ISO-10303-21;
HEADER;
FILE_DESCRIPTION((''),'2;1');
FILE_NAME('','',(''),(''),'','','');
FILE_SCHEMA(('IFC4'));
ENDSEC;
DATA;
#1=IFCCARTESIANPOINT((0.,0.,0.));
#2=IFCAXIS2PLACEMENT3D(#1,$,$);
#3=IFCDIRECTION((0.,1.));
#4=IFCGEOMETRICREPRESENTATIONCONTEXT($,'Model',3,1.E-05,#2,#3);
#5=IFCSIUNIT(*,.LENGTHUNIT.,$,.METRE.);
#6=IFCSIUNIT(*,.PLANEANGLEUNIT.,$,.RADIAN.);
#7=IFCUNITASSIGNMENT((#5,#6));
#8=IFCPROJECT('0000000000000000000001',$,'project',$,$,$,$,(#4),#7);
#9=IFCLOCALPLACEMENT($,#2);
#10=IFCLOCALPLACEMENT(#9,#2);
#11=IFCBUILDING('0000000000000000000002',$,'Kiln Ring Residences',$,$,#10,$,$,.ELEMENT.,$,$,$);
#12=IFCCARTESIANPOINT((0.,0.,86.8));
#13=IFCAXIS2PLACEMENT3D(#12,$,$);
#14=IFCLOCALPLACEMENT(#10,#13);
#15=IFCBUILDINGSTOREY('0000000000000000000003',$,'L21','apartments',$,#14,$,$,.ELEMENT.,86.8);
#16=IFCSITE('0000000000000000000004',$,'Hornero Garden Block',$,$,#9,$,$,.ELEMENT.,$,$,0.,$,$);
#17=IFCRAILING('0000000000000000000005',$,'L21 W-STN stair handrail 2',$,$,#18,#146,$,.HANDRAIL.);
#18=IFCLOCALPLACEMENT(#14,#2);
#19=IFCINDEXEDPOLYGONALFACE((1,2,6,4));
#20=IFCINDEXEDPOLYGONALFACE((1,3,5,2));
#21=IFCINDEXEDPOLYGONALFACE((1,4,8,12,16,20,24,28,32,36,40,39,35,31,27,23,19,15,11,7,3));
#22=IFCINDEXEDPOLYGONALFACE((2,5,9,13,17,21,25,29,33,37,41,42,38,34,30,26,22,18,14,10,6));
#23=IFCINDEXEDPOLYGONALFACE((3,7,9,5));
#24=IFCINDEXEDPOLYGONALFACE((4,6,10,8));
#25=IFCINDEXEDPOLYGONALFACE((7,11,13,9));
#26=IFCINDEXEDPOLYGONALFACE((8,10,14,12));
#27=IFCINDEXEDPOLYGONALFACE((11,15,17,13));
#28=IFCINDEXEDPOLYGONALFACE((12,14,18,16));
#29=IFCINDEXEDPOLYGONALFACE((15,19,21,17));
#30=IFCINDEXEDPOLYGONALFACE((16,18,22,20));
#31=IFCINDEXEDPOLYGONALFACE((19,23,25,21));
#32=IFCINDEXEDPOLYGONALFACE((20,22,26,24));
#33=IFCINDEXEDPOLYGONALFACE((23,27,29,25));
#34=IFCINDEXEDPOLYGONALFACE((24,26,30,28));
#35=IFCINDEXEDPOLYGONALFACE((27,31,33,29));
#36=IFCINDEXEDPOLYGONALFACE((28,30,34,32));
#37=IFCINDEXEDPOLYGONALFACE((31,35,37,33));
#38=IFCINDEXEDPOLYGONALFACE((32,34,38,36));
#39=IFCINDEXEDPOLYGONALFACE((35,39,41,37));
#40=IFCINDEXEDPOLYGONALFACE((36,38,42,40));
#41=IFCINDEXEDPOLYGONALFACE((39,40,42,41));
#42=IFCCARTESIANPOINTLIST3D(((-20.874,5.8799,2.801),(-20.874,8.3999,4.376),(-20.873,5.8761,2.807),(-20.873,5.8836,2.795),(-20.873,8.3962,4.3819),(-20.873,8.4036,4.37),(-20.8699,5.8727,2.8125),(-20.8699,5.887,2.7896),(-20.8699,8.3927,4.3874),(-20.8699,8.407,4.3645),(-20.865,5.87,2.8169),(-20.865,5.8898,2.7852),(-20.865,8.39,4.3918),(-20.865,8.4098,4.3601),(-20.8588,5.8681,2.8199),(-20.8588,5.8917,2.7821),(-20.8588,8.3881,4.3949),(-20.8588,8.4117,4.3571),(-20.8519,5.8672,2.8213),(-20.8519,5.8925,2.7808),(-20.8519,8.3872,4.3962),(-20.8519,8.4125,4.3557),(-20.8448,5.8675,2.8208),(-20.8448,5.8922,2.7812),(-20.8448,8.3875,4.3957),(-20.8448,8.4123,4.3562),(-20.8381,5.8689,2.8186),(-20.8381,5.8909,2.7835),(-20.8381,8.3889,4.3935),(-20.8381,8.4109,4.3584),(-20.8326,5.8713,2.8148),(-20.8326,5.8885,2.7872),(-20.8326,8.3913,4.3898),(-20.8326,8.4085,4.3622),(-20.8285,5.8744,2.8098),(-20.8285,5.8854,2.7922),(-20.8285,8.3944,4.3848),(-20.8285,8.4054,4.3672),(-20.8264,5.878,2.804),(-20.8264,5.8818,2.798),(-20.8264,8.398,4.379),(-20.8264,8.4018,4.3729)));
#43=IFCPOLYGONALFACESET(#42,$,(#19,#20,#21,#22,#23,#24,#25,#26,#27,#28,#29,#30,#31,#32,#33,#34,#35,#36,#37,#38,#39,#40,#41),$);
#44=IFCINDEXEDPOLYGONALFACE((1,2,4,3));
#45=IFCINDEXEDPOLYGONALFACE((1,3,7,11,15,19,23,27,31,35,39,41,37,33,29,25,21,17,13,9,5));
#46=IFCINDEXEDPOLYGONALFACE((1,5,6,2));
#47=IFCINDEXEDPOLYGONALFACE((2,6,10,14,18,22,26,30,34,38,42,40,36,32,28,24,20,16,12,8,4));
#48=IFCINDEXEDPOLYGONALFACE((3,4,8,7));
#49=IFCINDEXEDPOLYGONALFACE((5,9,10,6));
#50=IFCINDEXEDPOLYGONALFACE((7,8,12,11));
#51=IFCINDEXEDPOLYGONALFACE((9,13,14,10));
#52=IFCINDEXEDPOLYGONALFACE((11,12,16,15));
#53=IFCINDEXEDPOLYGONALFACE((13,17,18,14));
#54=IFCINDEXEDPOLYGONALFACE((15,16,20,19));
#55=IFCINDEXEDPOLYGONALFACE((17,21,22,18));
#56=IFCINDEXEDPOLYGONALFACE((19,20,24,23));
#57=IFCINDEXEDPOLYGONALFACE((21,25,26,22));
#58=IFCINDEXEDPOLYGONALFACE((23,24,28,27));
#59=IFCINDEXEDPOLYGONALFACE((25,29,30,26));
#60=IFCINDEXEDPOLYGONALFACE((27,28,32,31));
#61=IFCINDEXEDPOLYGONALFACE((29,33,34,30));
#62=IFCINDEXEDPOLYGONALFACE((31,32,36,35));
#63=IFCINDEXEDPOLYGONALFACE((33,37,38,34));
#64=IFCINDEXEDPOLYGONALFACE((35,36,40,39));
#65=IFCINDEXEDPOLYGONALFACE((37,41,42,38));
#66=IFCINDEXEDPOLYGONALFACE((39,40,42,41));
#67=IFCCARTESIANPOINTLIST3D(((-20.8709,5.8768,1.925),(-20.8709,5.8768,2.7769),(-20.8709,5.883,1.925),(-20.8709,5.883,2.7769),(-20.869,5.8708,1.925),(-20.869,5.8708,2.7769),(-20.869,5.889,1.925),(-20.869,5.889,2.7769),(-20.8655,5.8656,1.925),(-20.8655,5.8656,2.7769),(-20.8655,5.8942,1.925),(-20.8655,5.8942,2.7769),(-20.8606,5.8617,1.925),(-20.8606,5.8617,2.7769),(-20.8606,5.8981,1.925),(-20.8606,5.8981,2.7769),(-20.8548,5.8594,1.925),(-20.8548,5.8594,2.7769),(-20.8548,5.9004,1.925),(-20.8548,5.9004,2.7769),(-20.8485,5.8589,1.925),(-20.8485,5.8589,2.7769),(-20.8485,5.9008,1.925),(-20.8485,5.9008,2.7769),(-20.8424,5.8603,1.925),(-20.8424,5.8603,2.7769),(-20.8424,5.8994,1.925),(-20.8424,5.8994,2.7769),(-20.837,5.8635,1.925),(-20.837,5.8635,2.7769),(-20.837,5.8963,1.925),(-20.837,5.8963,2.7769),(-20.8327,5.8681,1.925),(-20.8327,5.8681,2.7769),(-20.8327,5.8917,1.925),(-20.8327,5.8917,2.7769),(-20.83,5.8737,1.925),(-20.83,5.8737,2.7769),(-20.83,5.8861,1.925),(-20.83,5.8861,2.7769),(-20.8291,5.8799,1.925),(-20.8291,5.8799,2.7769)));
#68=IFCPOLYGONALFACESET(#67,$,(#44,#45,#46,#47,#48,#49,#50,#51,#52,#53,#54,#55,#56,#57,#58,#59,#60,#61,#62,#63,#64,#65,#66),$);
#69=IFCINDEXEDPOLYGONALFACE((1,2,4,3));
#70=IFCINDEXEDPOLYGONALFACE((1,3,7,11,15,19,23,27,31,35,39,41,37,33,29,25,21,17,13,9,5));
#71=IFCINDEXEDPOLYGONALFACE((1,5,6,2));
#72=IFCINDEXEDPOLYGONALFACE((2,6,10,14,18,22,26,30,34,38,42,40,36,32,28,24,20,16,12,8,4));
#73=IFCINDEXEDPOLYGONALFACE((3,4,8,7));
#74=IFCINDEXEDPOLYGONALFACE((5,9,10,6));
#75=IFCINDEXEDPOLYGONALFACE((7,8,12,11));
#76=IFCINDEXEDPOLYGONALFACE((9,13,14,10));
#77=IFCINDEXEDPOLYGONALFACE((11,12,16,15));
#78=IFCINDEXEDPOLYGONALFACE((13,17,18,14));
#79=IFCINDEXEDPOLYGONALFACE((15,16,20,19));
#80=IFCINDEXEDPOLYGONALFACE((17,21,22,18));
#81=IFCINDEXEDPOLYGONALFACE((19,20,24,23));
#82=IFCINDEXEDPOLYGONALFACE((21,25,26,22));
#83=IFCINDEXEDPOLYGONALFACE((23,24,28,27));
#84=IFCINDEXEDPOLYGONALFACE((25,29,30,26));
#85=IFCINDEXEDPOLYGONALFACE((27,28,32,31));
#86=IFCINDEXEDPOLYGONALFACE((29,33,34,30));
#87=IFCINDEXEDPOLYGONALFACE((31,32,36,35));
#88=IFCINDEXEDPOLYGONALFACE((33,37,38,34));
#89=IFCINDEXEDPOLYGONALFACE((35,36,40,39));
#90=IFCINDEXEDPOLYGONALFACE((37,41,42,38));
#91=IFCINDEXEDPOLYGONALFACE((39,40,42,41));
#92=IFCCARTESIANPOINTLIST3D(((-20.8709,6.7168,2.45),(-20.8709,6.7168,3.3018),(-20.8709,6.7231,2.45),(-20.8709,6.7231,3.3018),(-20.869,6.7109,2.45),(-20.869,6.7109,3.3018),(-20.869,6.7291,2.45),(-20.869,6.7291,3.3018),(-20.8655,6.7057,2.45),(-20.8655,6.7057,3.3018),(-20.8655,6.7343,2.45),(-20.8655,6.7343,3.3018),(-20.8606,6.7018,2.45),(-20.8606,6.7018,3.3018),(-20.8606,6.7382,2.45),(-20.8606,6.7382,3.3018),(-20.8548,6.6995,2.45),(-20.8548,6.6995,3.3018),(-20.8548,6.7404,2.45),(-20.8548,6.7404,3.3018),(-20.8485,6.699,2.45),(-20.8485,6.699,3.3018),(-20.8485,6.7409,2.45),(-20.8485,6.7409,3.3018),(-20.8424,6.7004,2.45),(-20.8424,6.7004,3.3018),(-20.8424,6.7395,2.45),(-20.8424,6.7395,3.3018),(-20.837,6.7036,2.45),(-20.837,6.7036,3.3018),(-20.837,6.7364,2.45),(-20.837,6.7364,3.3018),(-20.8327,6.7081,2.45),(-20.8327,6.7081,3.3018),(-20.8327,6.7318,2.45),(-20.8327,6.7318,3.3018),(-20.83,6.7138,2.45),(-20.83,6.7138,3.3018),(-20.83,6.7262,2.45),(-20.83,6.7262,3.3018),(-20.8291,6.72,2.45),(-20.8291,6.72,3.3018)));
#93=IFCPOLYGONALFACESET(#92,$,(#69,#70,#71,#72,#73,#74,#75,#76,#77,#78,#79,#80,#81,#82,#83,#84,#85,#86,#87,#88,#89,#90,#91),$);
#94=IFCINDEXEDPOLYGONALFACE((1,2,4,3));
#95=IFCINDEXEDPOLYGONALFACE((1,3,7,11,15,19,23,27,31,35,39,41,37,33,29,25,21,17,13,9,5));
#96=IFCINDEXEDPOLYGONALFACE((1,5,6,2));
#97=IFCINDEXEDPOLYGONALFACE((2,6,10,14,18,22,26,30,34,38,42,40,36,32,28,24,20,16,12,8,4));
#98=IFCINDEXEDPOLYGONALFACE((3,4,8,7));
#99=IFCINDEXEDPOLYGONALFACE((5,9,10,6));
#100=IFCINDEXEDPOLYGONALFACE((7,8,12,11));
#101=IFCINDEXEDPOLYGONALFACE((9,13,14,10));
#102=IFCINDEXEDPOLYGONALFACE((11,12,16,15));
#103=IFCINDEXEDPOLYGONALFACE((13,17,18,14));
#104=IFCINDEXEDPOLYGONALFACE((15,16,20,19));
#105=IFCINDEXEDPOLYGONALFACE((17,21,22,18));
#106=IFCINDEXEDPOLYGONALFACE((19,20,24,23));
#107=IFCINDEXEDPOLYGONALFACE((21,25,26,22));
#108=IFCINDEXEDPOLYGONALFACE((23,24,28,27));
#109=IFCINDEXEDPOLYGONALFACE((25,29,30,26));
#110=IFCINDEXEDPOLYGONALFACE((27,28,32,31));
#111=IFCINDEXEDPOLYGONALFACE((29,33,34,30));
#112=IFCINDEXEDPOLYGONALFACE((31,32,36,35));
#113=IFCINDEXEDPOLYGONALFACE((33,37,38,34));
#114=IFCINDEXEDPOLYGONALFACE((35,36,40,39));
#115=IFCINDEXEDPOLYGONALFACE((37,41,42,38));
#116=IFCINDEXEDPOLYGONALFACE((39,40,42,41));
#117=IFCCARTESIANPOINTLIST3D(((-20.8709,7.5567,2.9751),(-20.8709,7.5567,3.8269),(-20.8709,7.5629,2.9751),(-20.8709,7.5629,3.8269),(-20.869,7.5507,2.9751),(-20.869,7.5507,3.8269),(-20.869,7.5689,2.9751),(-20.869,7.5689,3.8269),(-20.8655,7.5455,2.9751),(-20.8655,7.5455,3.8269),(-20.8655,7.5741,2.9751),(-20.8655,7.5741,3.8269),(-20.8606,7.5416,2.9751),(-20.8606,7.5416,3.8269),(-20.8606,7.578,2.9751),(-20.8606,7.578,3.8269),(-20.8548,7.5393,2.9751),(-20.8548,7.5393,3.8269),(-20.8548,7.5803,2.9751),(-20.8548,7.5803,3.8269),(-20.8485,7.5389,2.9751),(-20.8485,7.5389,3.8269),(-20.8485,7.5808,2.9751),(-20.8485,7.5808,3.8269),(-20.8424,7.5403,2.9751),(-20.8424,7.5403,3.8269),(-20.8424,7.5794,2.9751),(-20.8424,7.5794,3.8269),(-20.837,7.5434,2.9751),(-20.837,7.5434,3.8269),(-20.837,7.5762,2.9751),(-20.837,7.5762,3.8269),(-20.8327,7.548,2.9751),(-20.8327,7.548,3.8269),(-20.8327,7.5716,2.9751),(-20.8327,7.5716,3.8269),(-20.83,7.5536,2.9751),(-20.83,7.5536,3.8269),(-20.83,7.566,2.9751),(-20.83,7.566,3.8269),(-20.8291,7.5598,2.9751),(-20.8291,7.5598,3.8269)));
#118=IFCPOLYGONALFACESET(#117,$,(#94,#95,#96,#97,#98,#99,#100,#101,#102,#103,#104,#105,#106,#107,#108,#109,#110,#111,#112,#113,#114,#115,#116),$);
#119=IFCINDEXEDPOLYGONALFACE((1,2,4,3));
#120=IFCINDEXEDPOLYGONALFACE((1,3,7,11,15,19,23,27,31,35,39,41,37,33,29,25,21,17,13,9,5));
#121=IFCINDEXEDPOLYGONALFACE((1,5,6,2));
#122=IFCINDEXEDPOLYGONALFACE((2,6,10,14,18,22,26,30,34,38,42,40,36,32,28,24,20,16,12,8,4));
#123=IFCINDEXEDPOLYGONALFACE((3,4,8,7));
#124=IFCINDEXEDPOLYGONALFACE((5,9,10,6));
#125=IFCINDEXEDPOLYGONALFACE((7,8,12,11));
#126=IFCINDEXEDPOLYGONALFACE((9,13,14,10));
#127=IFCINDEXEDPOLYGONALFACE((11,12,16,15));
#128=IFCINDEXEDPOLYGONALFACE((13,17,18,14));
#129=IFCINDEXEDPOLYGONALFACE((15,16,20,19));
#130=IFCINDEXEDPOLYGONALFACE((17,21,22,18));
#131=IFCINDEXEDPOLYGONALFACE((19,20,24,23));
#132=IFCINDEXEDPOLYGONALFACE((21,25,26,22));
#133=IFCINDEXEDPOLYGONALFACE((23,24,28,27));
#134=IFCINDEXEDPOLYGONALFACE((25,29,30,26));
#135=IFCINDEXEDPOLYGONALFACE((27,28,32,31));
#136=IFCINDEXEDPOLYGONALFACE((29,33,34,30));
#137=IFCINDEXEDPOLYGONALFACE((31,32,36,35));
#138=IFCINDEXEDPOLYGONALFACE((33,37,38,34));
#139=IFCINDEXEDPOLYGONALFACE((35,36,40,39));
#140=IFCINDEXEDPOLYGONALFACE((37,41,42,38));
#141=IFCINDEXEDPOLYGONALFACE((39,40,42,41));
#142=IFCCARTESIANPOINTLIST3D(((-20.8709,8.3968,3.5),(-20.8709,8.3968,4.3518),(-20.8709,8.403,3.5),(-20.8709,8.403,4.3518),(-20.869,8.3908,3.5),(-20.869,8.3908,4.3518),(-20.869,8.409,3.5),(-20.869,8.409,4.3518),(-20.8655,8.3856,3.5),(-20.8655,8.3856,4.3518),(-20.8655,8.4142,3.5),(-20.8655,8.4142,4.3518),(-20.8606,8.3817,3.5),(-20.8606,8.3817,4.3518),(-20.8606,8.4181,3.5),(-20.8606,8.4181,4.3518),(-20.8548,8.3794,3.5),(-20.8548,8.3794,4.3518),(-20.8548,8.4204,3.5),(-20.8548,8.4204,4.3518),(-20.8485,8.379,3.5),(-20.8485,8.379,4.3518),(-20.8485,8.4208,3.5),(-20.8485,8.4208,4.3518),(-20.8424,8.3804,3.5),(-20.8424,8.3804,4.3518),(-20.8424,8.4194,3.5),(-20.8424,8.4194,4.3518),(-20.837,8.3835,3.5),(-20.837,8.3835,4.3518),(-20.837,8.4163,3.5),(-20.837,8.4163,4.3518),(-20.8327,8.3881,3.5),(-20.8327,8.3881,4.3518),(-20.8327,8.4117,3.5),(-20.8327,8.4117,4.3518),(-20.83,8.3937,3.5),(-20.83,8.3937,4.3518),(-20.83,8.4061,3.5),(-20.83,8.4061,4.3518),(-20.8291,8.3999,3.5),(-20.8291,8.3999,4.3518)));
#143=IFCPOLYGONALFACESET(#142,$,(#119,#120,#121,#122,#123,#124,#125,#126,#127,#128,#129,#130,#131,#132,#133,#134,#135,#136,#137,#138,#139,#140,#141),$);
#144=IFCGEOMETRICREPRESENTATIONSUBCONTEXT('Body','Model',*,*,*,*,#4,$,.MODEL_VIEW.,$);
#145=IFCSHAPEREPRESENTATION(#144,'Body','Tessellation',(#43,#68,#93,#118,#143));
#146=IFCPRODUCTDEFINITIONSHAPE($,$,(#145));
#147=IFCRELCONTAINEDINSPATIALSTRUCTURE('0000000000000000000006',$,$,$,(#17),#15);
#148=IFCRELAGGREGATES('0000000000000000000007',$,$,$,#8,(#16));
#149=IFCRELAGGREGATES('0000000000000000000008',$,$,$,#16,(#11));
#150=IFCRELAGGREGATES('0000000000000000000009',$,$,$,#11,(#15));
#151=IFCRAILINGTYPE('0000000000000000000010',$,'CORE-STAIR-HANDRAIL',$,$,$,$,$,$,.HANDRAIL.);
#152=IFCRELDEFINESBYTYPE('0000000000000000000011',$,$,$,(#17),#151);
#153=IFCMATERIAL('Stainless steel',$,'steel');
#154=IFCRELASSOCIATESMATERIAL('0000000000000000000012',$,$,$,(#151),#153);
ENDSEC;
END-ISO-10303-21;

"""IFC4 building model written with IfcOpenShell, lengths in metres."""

from ifc_helpers import new_model, si_unit, direction, frame, origin, origin_2d, place, context, subcontext, project, spatial, circle, extrude, material, type_object, element, save


model = new_model("IFC4")

# Units and contexts
model_context = context("Model", 3, precision=1e-05, world=origin(), true_north=direction((0.0, 1.0)))
body_context = subcontext(model_context, "Body", "Model", "MODEL_VIEW")
ifc_project = project(units=[si_unit("LENGTHUNIT", "METRE"), si_unit("PLANEANGLEUNIT", "RADIAN")], contexts=[model_context])

# Site, building, storey
site_placement = place(None, origin())
site = spatial("IfcSite", under=ifc_project, at=site_placement, Name="Hornero Garden Block", CompositionType="ELEMENT", RefElevation=0.0)
building_placement = place(site_placement, origin())
building = spatial("IfcBuilding", under=site, at=building_placement, Name="Kiln Ring Residences", CompositionType="ELEMENT")
storey_placement = place(building_placement, frame((0.0, 0.0, 86.8)))
storey = spatial("IfcBuildingStorey", under=building, at=storey_placement, Name="L21", Description="apartments", CompositionType="ELEMENT", Elevation=86.8)

# Railing
ifc_material_1 = material(Name="Stainless steel", Category="steel")
railing_type_1 = type_object("IfcRailingType", Name="CORE-STAIR-HANDRAIL", PredefinedType="HANDRAIL", material=ifc_material_1)
railing_1_placement = place(storey_placement, frame((-20.8501, 5.8799, 1.925)))
element("IfcRailing", 1, at=railing_1_placement, inside=storey, type_object=railing_type_1, Name="L21 W-STN stair handrail 2", PredefinedType="HANDRAIL", context=body_context, shape_type="SweptSolid", body=[
    extrude(circle(Radius=0.0239, at=origin_2d()), frame((0.0, 0.0, 0.876), z_axis=(0.0, 0.848008, 0.529984), x_axis=(-1.0, 0.0, 0.0)), (0.0, 0.0, 1.0), 2.9717),
    extrude(circle(Radius=0.021, at=origin_2d()), origin(), (0.0, 0.0, 1.0), 0.8518),
    extrude(circle(Radius=0.021, at=origin_2d()), frame((0.0, 0.8401, 0.5249)), (0.0, 0.0, 1.0), 0.8518),
    extrude(circle(Radius=0.021, at=origin_2d()), frame((0.0, 1.6799, 1.05)), (0.0, 0.0, 1.0), 0.8518),
    extrude(circle(Radius=0.021, at=origin_2d()), frame((0.0, 2.52, 1.575)), (0.0, 0.0, 1.0), 0.8518),
])

save(model, "model.ifc")
